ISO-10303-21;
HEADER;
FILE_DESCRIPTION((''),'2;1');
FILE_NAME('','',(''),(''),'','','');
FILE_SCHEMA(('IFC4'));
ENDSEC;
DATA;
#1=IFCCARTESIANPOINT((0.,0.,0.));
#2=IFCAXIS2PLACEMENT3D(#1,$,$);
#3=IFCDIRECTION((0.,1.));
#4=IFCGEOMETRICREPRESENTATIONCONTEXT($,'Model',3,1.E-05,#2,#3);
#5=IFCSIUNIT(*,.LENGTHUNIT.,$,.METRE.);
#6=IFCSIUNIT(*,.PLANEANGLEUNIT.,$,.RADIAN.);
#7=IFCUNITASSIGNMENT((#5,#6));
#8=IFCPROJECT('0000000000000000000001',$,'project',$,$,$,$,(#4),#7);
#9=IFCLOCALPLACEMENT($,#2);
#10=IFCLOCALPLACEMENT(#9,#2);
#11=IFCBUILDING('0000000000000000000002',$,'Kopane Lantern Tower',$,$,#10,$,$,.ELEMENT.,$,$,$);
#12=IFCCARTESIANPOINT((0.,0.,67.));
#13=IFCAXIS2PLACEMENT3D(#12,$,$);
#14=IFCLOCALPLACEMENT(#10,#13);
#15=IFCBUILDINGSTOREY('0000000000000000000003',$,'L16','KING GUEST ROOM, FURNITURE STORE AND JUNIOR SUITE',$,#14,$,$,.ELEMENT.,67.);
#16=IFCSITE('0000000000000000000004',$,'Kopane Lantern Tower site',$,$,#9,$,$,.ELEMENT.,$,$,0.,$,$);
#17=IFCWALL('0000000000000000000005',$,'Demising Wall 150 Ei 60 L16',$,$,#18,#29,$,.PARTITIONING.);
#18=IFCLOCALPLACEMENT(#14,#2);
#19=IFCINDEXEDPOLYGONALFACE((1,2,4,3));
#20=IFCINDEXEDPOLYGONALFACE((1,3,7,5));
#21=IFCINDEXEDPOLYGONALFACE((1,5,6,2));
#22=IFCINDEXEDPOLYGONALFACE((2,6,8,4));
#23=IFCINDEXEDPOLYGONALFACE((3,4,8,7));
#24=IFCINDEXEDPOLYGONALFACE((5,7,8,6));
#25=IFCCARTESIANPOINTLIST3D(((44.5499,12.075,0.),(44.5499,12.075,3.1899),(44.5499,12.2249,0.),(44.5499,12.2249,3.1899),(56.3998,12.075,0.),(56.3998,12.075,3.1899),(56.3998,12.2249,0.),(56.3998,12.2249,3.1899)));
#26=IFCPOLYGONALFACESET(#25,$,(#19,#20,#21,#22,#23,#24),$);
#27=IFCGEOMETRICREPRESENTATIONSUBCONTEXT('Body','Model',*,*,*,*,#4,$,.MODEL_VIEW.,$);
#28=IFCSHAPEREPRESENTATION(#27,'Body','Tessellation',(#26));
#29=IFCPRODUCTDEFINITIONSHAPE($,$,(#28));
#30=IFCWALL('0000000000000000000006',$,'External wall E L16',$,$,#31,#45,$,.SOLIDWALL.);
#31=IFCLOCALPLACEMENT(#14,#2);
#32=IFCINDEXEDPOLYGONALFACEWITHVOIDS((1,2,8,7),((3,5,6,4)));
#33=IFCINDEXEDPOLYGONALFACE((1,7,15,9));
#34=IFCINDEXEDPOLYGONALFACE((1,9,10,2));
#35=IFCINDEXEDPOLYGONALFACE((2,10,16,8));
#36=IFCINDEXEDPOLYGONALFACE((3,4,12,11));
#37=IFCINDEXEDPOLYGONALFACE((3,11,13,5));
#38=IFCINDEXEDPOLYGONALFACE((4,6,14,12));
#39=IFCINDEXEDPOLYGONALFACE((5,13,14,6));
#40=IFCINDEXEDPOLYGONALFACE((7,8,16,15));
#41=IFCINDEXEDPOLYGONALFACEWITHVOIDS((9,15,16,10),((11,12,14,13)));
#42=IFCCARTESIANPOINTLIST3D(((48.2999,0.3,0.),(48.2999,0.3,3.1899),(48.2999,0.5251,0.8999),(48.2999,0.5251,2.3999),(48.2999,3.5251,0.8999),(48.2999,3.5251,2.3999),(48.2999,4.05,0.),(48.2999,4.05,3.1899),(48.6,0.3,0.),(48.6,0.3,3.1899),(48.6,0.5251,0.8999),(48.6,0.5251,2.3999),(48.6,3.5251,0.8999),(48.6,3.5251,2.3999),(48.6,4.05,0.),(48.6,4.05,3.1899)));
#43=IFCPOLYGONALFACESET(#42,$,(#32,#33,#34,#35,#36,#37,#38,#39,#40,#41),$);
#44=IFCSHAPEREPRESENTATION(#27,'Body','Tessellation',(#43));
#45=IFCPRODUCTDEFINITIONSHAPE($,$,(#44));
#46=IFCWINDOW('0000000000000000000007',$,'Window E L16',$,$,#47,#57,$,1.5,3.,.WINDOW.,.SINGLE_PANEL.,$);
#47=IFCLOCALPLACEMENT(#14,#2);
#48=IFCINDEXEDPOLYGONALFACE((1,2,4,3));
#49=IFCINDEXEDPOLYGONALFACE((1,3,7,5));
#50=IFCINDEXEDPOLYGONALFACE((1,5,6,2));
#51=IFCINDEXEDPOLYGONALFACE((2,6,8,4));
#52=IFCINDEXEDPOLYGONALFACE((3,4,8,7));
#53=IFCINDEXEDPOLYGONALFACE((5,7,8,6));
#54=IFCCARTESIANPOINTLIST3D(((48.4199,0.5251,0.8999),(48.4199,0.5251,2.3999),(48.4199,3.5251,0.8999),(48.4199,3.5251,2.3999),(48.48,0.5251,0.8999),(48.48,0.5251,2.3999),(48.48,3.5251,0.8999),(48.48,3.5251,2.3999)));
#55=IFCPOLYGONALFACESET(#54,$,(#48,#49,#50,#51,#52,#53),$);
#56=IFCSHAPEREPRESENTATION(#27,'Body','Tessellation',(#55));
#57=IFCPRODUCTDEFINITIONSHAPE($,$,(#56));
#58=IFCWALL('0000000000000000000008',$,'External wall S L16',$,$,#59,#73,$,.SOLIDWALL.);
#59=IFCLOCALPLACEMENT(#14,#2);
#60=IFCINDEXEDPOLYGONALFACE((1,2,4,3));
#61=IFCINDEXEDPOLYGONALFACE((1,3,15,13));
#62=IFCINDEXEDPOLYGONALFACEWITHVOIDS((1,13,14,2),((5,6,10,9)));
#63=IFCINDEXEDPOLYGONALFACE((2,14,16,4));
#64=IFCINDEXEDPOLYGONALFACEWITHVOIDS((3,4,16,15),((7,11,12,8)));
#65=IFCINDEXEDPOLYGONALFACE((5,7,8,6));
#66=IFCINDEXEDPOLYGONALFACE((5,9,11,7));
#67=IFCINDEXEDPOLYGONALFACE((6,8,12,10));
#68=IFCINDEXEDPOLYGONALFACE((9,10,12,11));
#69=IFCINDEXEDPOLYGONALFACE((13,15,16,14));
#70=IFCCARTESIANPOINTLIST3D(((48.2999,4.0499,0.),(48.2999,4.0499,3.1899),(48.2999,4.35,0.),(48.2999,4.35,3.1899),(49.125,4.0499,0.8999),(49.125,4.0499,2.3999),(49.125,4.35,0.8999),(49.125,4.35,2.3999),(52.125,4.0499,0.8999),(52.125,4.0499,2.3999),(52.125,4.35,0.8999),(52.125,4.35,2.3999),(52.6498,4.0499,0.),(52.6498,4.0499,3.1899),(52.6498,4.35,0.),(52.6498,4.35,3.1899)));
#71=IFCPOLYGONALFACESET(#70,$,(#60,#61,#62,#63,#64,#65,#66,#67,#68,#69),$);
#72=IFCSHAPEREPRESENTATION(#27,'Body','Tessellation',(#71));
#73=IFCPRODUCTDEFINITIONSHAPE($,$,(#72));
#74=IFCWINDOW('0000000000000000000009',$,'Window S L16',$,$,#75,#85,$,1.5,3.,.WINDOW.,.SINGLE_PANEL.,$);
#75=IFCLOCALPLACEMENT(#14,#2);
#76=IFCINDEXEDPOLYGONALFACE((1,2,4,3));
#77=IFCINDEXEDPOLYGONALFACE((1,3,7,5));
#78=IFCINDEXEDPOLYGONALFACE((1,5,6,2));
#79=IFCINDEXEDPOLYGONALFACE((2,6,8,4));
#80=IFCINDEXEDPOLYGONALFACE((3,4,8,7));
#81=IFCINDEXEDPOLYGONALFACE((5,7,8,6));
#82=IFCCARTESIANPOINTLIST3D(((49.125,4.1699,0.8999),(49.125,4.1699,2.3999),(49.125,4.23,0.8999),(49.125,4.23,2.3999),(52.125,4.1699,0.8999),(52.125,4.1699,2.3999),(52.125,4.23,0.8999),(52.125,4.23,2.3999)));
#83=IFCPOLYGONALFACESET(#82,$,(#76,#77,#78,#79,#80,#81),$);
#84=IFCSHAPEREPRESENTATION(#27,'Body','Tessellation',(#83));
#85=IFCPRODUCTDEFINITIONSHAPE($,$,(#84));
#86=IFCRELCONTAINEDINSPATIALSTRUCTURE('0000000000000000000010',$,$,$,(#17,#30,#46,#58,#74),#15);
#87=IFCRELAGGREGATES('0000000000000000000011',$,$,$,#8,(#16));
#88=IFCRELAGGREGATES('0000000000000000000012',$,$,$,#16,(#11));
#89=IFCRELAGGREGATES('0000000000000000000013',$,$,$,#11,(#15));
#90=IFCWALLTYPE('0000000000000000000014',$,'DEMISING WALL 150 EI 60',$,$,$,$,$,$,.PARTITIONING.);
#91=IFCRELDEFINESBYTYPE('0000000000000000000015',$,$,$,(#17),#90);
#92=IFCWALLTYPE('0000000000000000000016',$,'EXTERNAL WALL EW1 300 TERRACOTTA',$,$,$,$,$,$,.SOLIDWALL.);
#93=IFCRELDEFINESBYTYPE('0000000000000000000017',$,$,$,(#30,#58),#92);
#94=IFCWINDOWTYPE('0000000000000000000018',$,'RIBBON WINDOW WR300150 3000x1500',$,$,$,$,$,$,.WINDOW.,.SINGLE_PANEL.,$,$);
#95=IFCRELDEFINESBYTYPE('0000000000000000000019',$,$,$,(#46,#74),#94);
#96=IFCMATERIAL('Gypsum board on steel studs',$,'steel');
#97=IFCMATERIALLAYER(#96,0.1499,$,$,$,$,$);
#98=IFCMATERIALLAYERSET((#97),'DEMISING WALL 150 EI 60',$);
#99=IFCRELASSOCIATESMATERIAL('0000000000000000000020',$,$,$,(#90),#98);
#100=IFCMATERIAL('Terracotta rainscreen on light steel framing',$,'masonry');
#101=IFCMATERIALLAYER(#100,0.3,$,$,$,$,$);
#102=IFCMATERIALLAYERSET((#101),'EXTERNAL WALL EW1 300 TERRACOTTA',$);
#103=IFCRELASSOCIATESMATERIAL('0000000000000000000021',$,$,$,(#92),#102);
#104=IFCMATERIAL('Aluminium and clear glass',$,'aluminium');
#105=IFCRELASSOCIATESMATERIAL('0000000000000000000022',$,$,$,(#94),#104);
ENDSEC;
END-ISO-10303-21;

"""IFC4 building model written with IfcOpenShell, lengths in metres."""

from ifc_helpers import new_model, si_unit, direction, frame, frame_2d, origin, place, context, subcontext, project, spatial, rectangle, extrude, material, layer, layer_set, type_object, element, fill, save


model = new_model("IFC4")

# Units and contexts
model_context = context("Model", 3, precision=1e-05, world=origin(), true_north=direction((0.0, 1.0)))
body_context = subcontext(model_context, "Body", "Model", "MODEL_VIEW")
ifc_project = project(units=[si_unit("LENGTHUNIT", "METRE"), si_unit("PLANEANGLEUNIT", "RADIAN")], contexts=[model_context])

# Site, building, storey
site_placement = place(None, origin())
site = spatial("IfcSite", under=ifc_project, at=site_placement, Name="Kopane Lantern Tower site", CompositionType="ELEMENT", RefElevation=0.0)
building_placement = place(site_placement, origin())
building = spatial("IfcBuilding", under=site, at=building_placement, Name="Kopane Lantern Tower", CompositionType="ELEMENT")
storey_placement = place(building_placement, frame((0.0, 0.0, 67.0)))
storey = spatial("IfcBuildingStorey", under=building, at=storey_placement, Name="L16", Description="KING GUEST ROOM, FURNITURE STORE AND JUNIOR SUITE", CompositionType="ELEMENT", Elevation=67.0)

# Wall
ifc_material_1 = material(Name="Gypsum board on steel studs", Category="steel")
ifc_layer_1 = layer(ifc_material_1, 0.1499)
ifc_layer_set_1 = layer_set([ifc_layer_1], Name="DEMISING WALL 150 EI 60")
wall_type_1 = type_object("IfcWallType", Name="DEMISING WALL 150 EI 60", PredefinedType="PARTITIONING", material=ifc_layer_set_1)
wall_1_placement = place(storey_placement, frame((44.55, 12.1499, 0.0), z_axis=(0.0, 0.0, 1.0), x_axis=(1.0, 0.0, 0.0)))
element("IfcWall", 1, at=wall_1_placement, inside=storey, type_object=wall_type_1, Name="Demising Wall 150 Ei 60 L16", PredefinedType="PARTITIONING", context=body_context, shape_type="SweptSolid", body=[
    extrude(rectangle(XDim=11.8499, YDim=0.1499, at=frame_2d((5.9248, 0.0))), origin(), (0.0, 0.0, 1.0), 3.1899),
])

# Walls, openings, windows
ifc_material_2 = material(Name="Terracotta rainscreen on light steel framing", Category="masonry")
ifc_layer_2 = layer(ifc_material_2, 0.3)
ifc_layer_set_2 = layer_set([ifc_layer_2], Name="EXTERNAL WALL EW1 300 TERRACOTTA")
wall_type_2 = type_object("IfcWallType", Name="EXTERNAL WALL EW1 300 TERRACOTTA", PredefinedType="SOLIDWALL", material=ifc_layer_set_2)
wall_2_placement = place(storey_placement, frame((48.45, 0.3, 0.0), z_axis=(0.0, 0.0, 1.0), x_axis=(0.0, 1.0, 0.0)))
wall_2 = element("IfcWall", 2, at=wall_2_placement, inside=storey, type_object=wall_type_2, Name="External wall E L16", PredefinedType="SOLIDWALL", context=body_context, shape_type="SweptSolid", body=[
    extrude(rectangle(XDim=3.75, YDim=0.3, at=frame_2d((1.875, 0.0))), origin(), (0.0, 0.0, 1.0), 3.1899),
])
opening_1_placement = place(wall_2_placement, frame((0.2251, 0.0, 0.8999)))
opening_1 = element("IfcOpeningElement", 3, at=opening_1_placement, cuts=wall_2, PredefinedType="OPENING", context=body_context, shape_type="SweptSolid", body=[
    extrude(rectangle(XDim=3.0, YDim=1.5, at=frame_2d((1.5, 0.75))), frame((0.0, 0.1599, 0.0), z_axis=(0.0, -1.0, 0.0), x_axis=(1.0, 0.0, 0.0)), (0.0, 0.0, 1.0), 0.3201),
])
ifc_material_3 = material(Name="Aluminium and clear glass", Category="aluminium")
window_type = type_object("IfcWindowType", Name="RIBBON WINDOW WR300150 3000x1500", PartitioningType="SINGLE_PANEL", PredefinedType="WINDOW", material=ifc_material_3)
window_1_placement = place(opening_1_placement, origin())
window_1 = element("IfcWindow", 4, at=window_1_placement, inside=storey, type_object=window_type, Name="Window E L16", OverallHeight=1.5, OverallWidth=3.0, PartitioningType="SINGLE_PANEL", PredefinedType="WINDOW", context=body_context, shape_type="SweptSolid", body=[
    extrude(rectangle(XDim=3.0, YDim=1.5, at=frame_2d((1.5, 0.75))), frame((0.0, 0.03, 0.0), z_axis=(0.0, -1.0, 0.0), x_axis=(1.0, 0.0, 0.0)), (0.0, 0.0, 1.0), 0.0601),
])
fill(opening_1, window_1)
wall_3_placement = place(storey_placement, frame((48.3, 4.2, 0.0), z_axis=(0.0, 0.0, 1.0), x_axis=(1.0, 0.0, 0.0)))
wall_3 = element("IfcWall", 5, at=wall_3_placement, inside=storey, type_object=wall_type_2, Name="External wall S L16", PredefinedType="SOLIDWALL", context=body_context, shape_type="SweptSolid", body=[
    extrude(rectangle(XDim=4.3499, YDim=0.3, at=frame_2d((2.1748, 0.0))), origin(), (0.0, 0.0, 1.0), 3.1899),
])
opening_2_placement = place(wall_3_placement, frame((0.825, 0.0, 0.8999)))
opening_2 = element("IfcOpeningElement", 6, at=opening_2_placement, cuts=wall_3, PredefinedType="OPENING", context=body_context, shape_type="SweptSolid", body=[
    extrude(rectangle(XDim=3.0, YDim=1.5, at=frame_2d((1.5, 0.75))), frame((0.0, 0.1599, 0.0), z_axis=(0.0, -1.0, 0.0), x_axis=(1.0, 0.0, 0.0)), (0.0, 0.0, 1.0), 0.3201),
])
window_2_placement = place(opening_2_placement, origin())
window_2 = element("IfcWindow", 7, at=window_2_placement, inside=storey, type_object=window_type, Name="Window S L16", OverallHeight=1.5, OverallWidth=3.0, PartitioningType="SINGLE_PANEL", PredefinedType="WINDOW", context=body_context, shape_type="SweptSolid", body=[
    extrude(rectangle(XDim=3.0, YDim=1.5, at=frame_2d((1.5, 0.75))), frame((0.0, 0.03, 0.0), z_axis=(0.0, -1.0, 0.0), x_axis=(1.0, 0.0, 0.0)), (0.0, 0.0, 1.0), 0.0601),
])
fill(opening_2, window_2)

save(model, "model.ifc")
